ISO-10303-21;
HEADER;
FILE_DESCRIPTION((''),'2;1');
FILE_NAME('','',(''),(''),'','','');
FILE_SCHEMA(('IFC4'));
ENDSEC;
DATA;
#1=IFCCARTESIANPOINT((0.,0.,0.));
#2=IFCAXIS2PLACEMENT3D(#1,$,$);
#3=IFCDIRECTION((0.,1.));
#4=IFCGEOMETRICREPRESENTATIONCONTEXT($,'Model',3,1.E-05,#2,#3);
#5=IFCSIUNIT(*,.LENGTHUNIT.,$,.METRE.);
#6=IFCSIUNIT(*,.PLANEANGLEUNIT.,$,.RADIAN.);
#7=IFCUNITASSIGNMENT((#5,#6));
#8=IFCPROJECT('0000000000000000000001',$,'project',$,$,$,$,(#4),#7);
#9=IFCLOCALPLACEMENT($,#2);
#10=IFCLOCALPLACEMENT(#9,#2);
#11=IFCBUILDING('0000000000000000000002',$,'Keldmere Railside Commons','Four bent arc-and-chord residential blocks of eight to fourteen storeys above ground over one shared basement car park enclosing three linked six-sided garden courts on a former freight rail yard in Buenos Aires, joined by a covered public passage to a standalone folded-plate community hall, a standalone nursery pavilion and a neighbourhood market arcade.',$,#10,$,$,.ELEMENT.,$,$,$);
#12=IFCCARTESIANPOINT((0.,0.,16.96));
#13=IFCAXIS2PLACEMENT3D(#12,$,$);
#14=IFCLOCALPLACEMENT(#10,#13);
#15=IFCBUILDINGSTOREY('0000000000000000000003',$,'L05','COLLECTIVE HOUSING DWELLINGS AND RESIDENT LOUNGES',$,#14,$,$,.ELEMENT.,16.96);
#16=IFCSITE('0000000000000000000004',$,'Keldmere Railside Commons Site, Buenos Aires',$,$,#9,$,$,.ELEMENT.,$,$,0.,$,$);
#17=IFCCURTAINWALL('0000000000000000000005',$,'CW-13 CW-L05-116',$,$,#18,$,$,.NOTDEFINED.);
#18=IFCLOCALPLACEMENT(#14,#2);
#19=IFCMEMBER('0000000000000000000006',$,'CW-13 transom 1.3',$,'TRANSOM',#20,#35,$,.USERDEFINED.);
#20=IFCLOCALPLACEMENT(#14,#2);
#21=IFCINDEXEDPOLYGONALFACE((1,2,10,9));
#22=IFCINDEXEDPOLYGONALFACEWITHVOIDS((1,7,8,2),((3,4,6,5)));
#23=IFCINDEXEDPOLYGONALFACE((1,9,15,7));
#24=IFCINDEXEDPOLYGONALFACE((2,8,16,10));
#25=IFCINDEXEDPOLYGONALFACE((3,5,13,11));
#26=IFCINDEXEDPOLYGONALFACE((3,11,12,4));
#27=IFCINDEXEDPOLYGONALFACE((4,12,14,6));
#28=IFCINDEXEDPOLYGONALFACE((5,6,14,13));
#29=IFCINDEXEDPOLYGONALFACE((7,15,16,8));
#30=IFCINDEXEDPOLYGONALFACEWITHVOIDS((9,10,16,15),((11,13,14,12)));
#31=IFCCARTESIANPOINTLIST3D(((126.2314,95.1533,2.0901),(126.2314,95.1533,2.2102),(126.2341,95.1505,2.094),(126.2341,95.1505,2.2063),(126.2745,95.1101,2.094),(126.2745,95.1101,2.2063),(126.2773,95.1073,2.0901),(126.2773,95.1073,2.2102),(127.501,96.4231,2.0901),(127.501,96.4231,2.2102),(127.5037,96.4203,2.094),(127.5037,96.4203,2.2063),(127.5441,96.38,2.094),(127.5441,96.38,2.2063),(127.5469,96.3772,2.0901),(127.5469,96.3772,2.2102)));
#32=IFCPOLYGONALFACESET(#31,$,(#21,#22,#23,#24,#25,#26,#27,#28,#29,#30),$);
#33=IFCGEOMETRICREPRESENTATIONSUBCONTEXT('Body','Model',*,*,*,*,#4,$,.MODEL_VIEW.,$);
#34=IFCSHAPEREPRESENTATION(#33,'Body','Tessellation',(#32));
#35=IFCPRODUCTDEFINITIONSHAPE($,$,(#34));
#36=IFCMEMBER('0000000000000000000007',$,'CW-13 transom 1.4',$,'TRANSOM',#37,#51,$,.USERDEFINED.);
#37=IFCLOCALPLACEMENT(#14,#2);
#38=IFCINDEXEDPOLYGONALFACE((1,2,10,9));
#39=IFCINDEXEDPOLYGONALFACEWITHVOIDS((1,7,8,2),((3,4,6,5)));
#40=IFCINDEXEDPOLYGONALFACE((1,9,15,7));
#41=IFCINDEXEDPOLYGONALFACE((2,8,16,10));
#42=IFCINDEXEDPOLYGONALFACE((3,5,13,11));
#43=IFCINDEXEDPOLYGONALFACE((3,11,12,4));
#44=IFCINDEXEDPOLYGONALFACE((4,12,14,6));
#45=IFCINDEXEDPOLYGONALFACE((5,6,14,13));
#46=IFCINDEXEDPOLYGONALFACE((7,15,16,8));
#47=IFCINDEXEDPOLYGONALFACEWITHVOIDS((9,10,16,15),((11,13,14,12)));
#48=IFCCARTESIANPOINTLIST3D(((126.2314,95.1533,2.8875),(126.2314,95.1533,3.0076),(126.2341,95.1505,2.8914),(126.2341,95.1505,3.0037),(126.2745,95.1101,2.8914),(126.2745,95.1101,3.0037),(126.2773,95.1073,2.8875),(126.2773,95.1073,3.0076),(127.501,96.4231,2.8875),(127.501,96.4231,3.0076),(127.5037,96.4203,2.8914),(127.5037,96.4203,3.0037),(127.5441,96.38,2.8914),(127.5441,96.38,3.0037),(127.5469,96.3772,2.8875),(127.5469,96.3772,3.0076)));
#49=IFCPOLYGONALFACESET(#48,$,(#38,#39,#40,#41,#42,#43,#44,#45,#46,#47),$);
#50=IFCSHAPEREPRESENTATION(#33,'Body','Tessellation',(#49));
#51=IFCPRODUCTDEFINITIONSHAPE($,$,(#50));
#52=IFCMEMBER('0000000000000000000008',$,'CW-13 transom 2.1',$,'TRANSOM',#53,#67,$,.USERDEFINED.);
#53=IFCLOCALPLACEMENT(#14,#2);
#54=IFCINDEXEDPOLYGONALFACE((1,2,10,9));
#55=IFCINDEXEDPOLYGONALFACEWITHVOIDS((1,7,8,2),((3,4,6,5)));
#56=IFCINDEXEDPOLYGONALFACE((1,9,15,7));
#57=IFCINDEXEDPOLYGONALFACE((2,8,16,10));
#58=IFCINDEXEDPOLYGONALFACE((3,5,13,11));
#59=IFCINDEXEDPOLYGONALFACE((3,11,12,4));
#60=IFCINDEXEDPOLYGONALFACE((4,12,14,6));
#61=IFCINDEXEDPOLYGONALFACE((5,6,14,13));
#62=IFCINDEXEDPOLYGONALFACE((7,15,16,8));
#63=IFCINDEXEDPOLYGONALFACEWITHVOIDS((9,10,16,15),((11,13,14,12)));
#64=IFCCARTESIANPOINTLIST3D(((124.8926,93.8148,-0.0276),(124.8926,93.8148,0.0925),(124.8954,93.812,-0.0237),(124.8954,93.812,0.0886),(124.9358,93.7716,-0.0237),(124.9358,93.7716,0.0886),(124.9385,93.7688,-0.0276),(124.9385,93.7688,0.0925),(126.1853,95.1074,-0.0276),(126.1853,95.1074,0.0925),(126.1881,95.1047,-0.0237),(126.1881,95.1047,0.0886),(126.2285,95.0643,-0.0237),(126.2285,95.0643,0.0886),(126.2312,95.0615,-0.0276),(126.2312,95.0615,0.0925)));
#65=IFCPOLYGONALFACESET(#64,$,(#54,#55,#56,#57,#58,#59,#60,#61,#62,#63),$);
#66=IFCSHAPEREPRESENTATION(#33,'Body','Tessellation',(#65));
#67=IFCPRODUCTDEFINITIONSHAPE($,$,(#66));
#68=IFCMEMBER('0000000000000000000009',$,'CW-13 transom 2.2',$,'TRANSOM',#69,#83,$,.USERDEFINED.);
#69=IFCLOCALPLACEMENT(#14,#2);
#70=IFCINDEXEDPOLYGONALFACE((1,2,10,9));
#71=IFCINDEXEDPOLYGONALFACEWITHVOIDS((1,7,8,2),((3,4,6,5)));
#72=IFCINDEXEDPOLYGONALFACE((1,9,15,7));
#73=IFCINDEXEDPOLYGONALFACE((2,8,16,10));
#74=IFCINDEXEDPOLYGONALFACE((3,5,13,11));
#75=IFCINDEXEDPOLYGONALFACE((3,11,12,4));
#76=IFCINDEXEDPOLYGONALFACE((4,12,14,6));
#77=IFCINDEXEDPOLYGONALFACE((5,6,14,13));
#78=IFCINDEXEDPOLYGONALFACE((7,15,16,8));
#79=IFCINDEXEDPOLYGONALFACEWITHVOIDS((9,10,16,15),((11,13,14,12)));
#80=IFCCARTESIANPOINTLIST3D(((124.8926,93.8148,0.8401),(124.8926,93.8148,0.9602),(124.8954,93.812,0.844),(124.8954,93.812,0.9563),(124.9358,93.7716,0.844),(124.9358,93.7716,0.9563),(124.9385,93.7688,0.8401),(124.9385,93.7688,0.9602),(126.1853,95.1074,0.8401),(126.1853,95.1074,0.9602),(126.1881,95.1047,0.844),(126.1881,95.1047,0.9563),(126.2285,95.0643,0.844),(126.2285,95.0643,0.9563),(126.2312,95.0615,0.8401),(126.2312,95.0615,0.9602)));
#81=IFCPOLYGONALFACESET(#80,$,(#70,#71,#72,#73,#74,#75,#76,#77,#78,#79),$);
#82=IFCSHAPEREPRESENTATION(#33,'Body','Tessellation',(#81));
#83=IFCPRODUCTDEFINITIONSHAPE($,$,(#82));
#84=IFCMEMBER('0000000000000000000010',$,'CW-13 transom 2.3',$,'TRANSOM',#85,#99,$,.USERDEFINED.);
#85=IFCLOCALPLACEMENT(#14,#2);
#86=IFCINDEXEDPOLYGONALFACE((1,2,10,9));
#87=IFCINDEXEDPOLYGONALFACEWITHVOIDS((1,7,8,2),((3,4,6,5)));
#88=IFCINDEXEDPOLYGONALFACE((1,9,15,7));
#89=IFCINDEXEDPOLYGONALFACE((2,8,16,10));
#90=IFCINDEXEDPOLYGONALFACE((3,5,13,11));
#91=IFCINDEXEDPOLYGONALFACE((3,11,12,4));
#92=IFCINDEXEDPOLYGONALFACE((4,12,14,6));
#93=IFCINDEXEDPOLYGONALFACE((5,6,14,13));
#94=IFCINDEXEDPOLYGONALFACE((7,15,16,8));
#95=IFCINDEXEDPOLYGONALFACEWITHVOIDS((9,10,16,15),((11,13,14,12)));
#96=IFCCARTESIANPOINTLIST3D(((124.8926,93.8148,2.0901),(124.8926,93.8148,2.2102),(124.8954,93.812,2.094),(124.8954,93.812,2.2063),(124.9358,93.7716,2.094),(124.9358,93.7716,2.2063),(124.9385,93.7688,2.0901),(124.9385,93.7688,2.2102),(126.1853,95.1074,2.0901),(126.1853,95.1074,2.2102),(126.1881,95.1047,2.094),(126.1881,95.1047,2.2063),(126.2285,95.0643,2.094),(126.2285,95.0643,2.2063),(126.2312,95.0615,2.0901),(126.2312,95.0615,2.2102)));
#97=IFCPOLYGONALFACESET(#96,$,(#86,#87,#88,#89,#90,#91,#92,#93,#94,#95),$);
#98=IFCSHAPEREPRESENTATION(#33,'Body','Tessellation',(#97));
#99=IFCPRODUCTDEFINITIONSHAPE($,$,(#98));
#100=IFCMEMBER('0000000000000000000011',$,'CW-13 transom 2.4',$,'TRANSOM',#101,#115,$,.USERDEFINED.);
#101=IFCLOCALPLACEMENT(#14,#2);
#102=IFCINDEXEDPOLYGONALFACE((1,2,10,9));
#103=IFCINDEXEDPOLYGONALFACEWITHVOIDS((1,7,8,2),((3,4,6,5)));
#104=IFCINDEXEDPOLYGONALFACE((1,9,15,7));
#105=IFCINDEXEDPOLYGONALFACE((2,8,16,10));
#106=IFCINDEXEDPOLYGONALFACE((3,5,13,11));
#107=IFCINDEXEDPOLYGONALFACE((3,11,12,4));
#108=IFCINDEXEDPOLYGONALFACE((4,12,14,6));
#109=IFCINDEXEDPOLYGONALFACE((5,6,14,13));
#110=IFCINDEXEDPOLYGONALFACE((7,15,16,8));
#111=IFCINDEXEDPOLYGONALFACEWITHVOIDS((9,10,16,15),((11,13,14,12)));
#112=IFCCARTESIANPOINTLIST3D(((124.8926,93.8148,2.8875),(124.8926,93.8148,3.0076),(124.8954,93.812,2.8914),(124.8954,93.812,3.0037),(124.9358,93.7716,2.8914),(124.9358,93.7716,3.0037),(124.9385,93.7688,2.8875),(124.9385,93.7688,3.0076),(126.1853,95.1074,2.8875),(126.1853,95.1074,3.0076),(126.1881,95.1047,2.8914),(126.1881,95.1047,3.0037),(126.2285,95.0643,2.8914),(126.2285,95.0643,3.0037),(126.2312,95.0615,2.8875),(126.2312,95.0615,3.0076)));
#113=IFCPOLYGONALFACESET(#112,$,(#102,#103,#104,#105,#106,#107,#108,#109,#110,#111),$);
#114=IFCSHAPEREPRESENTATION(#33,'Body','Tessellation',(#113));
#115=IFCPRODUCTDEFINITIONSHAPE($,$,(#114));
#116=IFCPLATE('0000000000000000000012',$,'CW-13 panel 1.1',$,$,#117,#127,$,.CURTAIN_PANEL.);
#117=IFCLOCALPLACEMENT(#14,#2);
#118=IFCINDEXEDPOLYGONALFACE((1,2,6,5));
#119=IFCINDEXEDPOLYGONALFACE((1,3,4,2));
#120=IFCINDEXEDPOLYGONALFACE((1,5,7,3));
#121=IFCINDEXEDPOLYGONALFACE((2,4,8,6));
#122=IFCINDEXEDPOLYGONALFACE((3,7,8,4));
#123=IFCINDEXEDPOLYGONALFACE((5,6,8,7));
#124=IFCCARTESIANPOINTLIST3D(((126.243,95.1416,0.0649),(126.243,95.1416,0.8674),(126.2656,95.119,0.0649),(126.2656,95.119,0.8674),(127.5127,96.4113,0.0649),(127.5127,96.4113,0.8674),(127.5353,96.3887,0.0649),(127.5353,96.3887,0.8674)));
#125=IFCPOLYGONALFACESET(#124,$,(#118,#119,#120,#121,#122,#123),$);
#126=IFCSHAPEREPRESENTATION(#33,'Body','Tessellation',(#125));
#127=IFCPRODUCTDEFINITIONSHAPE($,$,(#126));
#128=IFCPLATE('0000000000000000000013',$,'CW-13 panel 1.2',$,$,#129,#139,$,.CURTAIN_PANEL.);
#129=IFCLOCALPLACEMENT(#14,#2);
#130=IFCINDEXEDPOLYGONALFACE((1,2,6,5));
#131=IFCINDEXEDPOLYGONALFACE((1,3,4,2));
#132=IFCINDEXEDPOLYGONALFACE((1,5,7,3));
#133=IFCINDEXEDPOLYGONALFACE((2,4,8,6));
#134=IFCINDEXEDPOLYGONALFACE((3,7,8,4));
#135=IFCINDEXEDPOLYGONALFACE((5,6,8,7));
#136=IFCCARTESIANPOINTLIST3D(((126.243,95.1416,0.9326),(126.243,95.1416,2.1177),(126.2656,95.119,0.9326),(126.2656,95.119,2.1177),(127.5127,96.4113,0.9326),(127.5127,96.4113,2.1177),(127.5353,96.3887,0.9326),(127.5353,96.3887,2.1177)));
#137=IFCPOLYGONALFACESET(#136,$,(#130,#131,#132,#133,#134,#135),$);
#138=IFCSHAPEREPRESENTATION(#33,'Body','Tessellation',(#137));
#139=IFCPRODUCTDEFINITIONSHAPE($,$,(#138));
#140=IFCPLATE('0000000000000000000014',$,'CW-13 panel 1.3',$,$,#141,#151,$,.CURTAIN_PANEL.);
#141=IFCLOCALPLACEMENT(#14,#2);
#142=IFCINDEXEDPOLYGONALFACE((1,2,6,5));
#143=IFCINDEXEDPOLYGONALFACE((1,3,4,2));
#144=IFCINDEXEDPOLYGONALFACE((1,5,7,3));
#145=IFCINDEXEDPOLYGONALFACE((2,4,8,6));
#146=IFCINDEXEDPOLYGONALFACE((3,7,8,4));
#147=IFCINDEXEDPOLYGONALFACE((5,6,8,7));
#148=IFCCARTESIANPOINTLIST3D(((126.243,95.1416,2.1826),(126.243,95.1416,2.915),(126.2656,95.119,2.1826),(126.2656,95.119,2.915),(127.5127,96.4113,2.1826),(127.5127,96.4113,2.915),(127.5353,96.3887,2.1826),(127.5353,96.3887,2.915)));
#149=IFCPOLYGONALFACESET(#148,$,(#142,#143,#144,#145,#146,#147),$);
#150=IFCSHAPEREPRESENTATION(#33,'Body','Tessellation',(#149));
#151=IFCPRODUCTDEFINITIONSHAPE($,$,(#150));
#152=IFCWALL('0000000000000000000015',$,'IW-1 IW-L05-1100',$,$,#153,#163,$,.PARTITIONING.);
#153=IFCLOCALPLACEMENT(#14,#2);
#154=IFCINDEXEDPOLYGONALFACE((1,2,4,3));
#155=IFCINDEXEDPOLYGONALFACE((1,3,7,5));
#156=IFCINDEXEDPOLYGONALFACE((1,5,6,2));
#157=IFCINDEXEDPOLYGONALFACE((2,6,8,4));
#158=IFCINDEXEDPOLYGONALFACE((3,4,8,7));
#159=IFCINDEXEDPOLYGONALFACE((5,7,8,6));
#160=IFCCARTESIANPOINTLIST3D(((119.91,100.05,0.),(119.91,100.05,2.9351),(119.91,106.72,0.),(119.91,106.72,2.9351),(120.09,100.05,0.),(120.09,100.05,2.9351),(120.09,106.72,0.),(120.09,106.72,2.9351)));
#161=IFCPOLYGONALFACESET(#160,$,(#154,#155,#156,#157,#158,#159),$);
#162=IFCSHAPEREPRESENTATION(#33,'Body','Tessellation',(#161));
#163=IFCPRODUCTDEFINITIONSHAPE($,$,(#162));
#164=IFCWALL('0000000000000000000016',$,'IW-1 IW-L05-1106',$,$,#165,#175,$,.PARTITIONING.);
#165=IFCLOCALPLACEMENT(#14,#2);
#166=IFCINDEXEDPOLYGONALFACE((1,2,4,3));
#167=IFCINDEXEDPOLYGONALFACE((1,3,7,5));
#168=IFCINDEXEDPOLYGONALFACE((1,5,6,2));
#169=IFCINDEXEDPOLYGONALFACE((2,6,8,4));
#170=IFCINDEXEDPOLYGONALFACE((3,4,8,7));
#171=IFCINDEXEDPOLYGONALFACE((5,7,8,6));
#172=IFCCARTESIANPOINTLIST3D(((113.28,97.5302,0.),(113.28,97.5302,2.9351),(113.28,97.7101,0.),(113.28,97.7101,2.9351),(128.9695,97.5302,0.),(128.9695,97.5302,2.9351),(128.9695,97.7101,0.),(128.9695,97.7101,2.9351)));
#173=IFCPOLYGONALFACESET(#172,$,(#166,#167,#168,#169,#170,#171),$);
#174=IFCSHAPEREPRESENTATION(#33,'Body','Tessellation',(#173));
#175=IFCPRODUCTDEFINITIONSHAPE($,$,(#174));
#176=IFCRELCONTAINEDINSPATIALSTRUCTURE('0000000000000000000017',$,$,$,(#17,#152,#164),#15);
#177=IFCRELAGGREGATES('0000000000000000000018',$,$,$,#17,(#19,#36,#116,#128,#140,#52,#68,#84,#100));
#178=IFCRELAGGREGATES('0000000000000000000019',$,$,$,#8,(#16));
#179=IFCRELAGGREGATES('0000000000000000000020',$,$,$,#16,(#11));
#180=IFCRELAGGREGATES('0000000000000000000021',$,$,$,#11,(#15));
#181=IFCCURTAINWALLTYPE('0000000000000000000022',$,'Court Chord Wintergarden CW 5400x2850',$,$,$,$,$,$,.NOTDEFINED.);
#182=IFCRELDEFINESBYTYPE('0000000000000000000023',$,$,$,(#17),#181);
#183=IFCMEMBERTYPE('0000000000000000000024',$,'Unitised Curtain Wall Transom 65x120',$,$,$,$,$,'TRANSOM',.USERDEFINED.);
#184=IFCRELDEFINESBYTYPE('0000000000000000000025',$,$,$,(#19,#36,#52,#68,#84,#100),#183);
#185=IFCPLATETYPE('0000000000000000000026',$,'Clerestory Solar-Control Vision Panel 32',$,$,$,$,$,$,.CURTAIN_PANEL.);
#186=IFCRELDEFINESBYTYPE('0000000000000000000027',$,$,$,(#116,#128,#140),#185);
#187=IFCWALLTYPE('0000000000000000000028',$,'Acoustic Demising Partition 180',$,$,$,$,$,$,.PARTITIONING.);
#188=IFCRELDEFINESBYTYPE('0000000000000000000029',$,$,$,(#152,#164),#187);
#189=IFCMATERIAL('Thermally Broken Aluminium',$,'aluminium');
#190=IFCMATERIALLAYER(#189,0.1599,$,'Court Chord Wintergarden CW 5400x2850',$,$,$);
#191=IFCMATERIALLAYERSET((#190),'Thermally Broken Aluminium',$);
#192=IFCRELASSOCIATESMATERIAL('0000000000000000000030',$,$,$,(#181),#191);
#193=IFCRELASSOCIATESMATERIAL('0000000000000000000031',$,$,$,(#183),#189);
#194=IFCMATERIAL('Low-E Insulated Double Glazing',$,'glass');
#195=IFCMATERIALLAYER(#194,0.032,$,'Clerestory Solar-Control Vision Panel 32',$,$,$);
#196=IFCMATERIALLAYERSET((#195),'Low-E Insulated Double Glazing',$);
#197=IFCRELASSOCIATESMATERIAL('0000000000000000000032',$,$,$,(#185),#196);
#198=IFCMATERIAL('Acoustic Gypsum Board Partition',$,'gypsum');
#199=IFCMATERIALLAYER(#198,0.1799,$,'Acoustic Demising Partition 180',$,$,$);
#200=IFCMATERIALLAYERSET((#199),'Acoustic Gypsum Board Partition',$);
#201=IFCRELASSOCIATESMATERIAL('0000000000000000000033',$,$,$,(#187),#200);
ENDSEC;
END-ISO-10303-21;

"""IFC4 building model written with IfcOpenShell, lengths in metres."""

from ifc_helpers import new_model, si_unit, direction, frame, frame_2d, origin, origin_2d, place, context, subcontext, project, spatial, rectangle, hollow_rectangle, extrude, material, layer, layer_set, material_profile, profile_set, type_object, element, aggregate, save


model = new_model("IFC4")

# Units and contexts
model_context = context("Model", 3, precision=1e-05, world=origin(), true_north=direction((0.0, 1.0)))
body_context = subcontext(model_context, "Body", "Model", "MODEL_VIEW")
ifc_project = project(units=[si_unit("LENGTHUNIT", "METRE"), si_unit("PLANEANGLEUNIT", "RADIAN")], contexts=[model_context])

# Site, building, storey
site_placement = place(None, origin())
site = spatial("IfcSite", under=ifc_project, at=site_placement, Name="Keldmere Railside Commons Site, Buenos Aires", CompositionType="ELEMENT", RefElevation=0.0)
building_placement = place(site_placement, origin())
building = spatial("IfcBuilding", under=site, at=building_placement, Name="Keldmere Railside Commons", Description="Four bent arc-and-chord residential blocks of eight to fourteen storeys above ground over one shared basement car park enclosing three linked six-sided garden courts on a former freight rail yard in Buenos Aires, joined by a covered public passage to a standalone folded-plate community hall, a standalone nursery pavilion and a neighbourhood market arcade.", CompositionType="ELEMENT")
storey_placement = place(building_placement, frame((0.0, 0.0, 16.96)))
storey = spatial("IfcBuildingStorey", under=building, at=storey_placement, Name="L05", Description="COLLECTIVE HOUSING DWELLINGS AND RESIDENT LOUNGES", CompositionType="ELEMENT", Elevation=16.96)

# Curtain wall, members, plates
ifc_material_1 = material(Name="Thermally Broken Aluminium", Category="aluminium")
ifc_layer_1 = layer(ifc_material_1, 0.1599, Name="Court Chord Wintergarden CW 5400x2850")
ifc_layer_set_1 = layer_set([ifc_layer_1], Name="Thermally Broken Aluminium")
curtain_wall_type = type_object("IfcCurtainWallType", Name="Court Chord Wintergarden CW 5400x2850", PredefinedType="NOTDEFINED", material=ifc_layer_set_1)
curtain_wall_placement = place(storey_placement, origin())
curtain_wall = element("IfcCurtainWall", 1, at=curtain_wall_placement, inside=storey, type_object=curtain_wall_type, Name="CW-13 CW-L05-116", PredefinedType="NOTDEFINED")
ifc_material_profile_1 = material_profile(ifc_material_1, hollow_rectangle(XDim=0.0649, YDim=0.1201, WallThickness=0.0039, at=origin_2d()), Name="ALU-TRAN-65x120")
ifc_profile_set_1 = profile_set([ifc_material_profile_1], Name="Thermally Broken Aluminium")
member_type_1 = type_object("IfcMemberType", Name="Unitised Curtain Wall Transom 65x120", ElementType="TRANSOM", PredefinedType="USERDEFINED", material=ifc_profile_set_1)
member_1_placement = place(storey_placement, frame((127.5239, 96.4001, 2.1501), z_axis=(-0.707039, -0.707175, 0.0), x_axis=(0.707175, -0.707039, 0.0)))
member_1 = element("IfcMember", 2, at=member_1_placement, type_object=member_type_1, Name="CW-13 transom 1.3", ObjectType="TRANSOM", PredefinedType="USERDEFINED", context=body_context, shape_type="SweptSolid", body=[
    extrude(hollow_rectangle(XDim=0.0649, YDim=0.1201, WallThickness=0.0039, at=origin_2d()), origin(), (0.0, 0.0, 1.0), 1.7957),
])
member_2_placement = place(storey_placement, frame((127.5239, 96.4001, 2.9475), z_axis=(-0.707039, -0.707175, 0.0), x_axis=(0.707175, -0.707039, 0.0)))
member_2 = element("IfcMember", 3, at=member_2_placement, type_object=member_type_1, Name="CW-13 transom 1.4", ObjectType="TRANSOM", PredefinedType="USERDEFINED", context=body_context, shape_type="SweptSolid", body=[
    extrude(hollow_rectangle(XDim=0.0649, YDim=0.1201, WallThickness=0.0039, at=origin_2d()), origin(), (0.0, 0.0, 1.0), 1.7957),
])
member_3_placement = place(storey_placement, frame((126.2083, 95.0845, 0.0325), z_axis=(-0.707107, -0.707107, 0.0), x_axis=(0.707107, -0.707107, 0.0)))
member_3 = element("IfcMember", 4, at=member_3_placement, type_object=member_type_1, Name="CW-13 transom 2.1", ObjectType="TRANSOM", PredefinedType="USERDEFINED", context=body_context, shape_type="SweptSolid", body=[
    extrude(hollow_rectangle(XDim=0.0649, YDim=0.1201, WallThickness=0.0039, at=origin_2d()), origin(), (0.0, 0.0, 1.0), 1.8281),
])
member_4_placement = place(storey_placement, frame((126.2083, 95.0845, 0.9001), z_axis=(-0.707107, -0.707107, 0.0), x_axis=(0.707107, -0.707107, 0.0)))
member_4 = element("IfcMember", 5, at=member_4_placement, type_object=member_type_1, Name="CW-13 transom 2.2", ObjectType="TRANSOM", PredefinedType="USERDEFINED", context=body_context, shape_type="SweptSolid", body=[
    extrude(hollow_rectangle(XDim=0.0649, YDim=0.1201, WallThickness=0.0039, at=origin_2d()), origin(), (0.0, 0.0, 1.0), 1.8281),
])
member_5_placement = place(storey_placement, frame((126.2083, 95.0845, 2.1501), z_axis=(-0.707107, -0.707107, 0.0), x_axis=(0.707107, -0.707107, 0.0)))
member_5 = element("IfcMember", 6, at=member_5_placement, type_object=member_type_1, Name="CW-13 transom 2.3", ObjectType="TRANSOM", PredefinedType="USERDEFINED", context=body_context, shape_type="SweptSolid", body=[
    extrude(hollow_rectangle(XDim=0.0649, YDim=0.1201, WallThickness=0.0039, at=origin_2d()), origin(), (0.0, 0.0, 1.0), 1.8281),
])
member_6_placement = place(storey_placement, frame((126.2083, 95.0845, 2.9475), z_axis=(-0.707107, -0.707107, 0.0), x_axis=(0.707107, -0.707107, 0.0)))
member_6 = element("IfcMember", 7, at=member_6_placement, type_object=member_type_1, Name="CW-13 transom 2.4", ObjectType="TRANSOM", PredefinedType="USERDEFINED", context=body_context, shape_type="SweptSolid", body=[
    extrude(hollow_rectangle(XDim=0.0649, YDim=0.1201, WallThickness=0.0039, at=origin_2d()), origin(), (0.0, 0.0, 1.0), 1.8281),
])
ifc_material_2 = material(Name="Low-E Insulated Double Glazing", Category="glass")
ifc_layer_2 = layer(ifc_material_2, 0.032, Name="Clerestory Solar-Control Vision Panel 32")
ifc_layer_set_2 = layer_set([ifc_layer_2], Name="Low-E Insulated Double Glazing")
plate_type = type_object("IfcPlateType", Name="Clerestory Solar-Control Vision Panel 32", PredefinedType="CURTAIN_PANEL", material=ifc_layer_set_2)
plate_1_placement = place(storey_placement, frame((126.8892, 95.7651, 0.0649), z_axis=(0.0, 0.0, 1.0), x_axis=(-0.707107, -0.707107, 0.0)))
plate_1 = element("IfcPlate", 8, at=plate_1_placement, type_object=plate_type, Name="CW-13 panel 1.1", PredefinedType="CURTAIN_PANEL", context=body_context, shape_type="SweptSolid", body=[
    extrude(rectangle(XDim=1.7957, YDim=0.032, at=origin_2d()), origin(), (0.0, 0.0, 1.0), 0.8025),
])
plate_2_placement = place(storey_placement, frame((126.8892, 95.7651, 0.9326), z_axis=(0.0, 0.0, 1.0), x_axis=(-0.707107, -0.707107, 0.0)))
plate_2 = element("IfcPlate", 9, at=plate_2_placement, type_object=plate_type, Name="CW-13 panel 1.2", PredefinedType="CURTAIN_PANEL", context=body_context, shape_type="SweptSolid", body=[
    extrude(rectangle(XDim=1.7957, YDim=0.032, at=origin_2d()), origin(), (0.0, 0.0, 1.0), 1.1851),
])
plate_3_placement = place(storey_placement, frame((126.8892, 95.7651, 2.1826), z_axis=(0.0, 0.0, 1.0), x_axis=(-0.707107, -0.707107, 0.0)))
plate_3 = element("IfcPlate", 10, at=plate_3_placement, type_object=plate_type, Name="CW-13 panel 1.3", PredefinedType="CURTAIN_PANEL", context=body_context, shape_type="SweptSolid", body=[
    extrude(rectangle(XDim=1.7957, YDim=0.032, at=origin_2d()), origin(), (0.0, 0.0, 1.0), 0.7324),
])
aggregate(curtain_wall, [member_1, member_2, plate_1, plate_2, plate_3, member_3, member_4, member_5, member_6])

# Walls
ifc_material_3 = material(Name="Acoustic Gypsum Board Partition", Category="gypsum")
ifc_layer_3 = layer(ifc_material_3, 0.1799, Name="Acoustic Demising Partition 180")
ifc_layer_set_3 = layer_set([ifc_layer_3], Name="Acoustic Gypsum Board Partition")
wall_type_1 = type_object("IfcWallType", Name="Acoustic Demising Partition 180", PredefinedType="PARTITIONING", material=ifc_layer_set_3)
wall_1_placement = place(storey_placement, frame((120.0, 100.05, 0.0), z_axis=(0.0, 0.0, 1.0), x_axis=(0.0, 1.0, 0.0)))
element("IfcWall", 11, at=wall_1_placement, inside=storey, type_object=wall_type_1, Name="IW-1 IW-L05-1100", PredefinedType="PARTITIONING", context=body_context, shape_type="SweptSolid", body=[
    extrude(rectangle(XDim=6.6699, YDim=0.1799, at=frame_2d((3.335, 0.0))), origin(), (0.0, 0.0, 1.0), 2.9351),
])
wall_2_placement = place(storey_placement, frame((113.28, 97.6201, 0.0), z_axis=(0.0, 0.0, 1.0), x_axis=(1.0, 0.0, 0.0)))
element("IfcWall", 12, at=wall_2_placement, inside=storey, type_object=wall_type_1, Name="IW-1 IW-L05-1106", PredefinedType="PARTITIONING", context=body_context, shape_type="SweptSolid", body=[
    extrude(rectangle(XDim=15.6895, YDim=0.1799, at=frame_2d((7.8447, 0.0))), origin(), (0.0, 0.0, 1.0), 2.9351),
])

save(model, "model.ifc")
